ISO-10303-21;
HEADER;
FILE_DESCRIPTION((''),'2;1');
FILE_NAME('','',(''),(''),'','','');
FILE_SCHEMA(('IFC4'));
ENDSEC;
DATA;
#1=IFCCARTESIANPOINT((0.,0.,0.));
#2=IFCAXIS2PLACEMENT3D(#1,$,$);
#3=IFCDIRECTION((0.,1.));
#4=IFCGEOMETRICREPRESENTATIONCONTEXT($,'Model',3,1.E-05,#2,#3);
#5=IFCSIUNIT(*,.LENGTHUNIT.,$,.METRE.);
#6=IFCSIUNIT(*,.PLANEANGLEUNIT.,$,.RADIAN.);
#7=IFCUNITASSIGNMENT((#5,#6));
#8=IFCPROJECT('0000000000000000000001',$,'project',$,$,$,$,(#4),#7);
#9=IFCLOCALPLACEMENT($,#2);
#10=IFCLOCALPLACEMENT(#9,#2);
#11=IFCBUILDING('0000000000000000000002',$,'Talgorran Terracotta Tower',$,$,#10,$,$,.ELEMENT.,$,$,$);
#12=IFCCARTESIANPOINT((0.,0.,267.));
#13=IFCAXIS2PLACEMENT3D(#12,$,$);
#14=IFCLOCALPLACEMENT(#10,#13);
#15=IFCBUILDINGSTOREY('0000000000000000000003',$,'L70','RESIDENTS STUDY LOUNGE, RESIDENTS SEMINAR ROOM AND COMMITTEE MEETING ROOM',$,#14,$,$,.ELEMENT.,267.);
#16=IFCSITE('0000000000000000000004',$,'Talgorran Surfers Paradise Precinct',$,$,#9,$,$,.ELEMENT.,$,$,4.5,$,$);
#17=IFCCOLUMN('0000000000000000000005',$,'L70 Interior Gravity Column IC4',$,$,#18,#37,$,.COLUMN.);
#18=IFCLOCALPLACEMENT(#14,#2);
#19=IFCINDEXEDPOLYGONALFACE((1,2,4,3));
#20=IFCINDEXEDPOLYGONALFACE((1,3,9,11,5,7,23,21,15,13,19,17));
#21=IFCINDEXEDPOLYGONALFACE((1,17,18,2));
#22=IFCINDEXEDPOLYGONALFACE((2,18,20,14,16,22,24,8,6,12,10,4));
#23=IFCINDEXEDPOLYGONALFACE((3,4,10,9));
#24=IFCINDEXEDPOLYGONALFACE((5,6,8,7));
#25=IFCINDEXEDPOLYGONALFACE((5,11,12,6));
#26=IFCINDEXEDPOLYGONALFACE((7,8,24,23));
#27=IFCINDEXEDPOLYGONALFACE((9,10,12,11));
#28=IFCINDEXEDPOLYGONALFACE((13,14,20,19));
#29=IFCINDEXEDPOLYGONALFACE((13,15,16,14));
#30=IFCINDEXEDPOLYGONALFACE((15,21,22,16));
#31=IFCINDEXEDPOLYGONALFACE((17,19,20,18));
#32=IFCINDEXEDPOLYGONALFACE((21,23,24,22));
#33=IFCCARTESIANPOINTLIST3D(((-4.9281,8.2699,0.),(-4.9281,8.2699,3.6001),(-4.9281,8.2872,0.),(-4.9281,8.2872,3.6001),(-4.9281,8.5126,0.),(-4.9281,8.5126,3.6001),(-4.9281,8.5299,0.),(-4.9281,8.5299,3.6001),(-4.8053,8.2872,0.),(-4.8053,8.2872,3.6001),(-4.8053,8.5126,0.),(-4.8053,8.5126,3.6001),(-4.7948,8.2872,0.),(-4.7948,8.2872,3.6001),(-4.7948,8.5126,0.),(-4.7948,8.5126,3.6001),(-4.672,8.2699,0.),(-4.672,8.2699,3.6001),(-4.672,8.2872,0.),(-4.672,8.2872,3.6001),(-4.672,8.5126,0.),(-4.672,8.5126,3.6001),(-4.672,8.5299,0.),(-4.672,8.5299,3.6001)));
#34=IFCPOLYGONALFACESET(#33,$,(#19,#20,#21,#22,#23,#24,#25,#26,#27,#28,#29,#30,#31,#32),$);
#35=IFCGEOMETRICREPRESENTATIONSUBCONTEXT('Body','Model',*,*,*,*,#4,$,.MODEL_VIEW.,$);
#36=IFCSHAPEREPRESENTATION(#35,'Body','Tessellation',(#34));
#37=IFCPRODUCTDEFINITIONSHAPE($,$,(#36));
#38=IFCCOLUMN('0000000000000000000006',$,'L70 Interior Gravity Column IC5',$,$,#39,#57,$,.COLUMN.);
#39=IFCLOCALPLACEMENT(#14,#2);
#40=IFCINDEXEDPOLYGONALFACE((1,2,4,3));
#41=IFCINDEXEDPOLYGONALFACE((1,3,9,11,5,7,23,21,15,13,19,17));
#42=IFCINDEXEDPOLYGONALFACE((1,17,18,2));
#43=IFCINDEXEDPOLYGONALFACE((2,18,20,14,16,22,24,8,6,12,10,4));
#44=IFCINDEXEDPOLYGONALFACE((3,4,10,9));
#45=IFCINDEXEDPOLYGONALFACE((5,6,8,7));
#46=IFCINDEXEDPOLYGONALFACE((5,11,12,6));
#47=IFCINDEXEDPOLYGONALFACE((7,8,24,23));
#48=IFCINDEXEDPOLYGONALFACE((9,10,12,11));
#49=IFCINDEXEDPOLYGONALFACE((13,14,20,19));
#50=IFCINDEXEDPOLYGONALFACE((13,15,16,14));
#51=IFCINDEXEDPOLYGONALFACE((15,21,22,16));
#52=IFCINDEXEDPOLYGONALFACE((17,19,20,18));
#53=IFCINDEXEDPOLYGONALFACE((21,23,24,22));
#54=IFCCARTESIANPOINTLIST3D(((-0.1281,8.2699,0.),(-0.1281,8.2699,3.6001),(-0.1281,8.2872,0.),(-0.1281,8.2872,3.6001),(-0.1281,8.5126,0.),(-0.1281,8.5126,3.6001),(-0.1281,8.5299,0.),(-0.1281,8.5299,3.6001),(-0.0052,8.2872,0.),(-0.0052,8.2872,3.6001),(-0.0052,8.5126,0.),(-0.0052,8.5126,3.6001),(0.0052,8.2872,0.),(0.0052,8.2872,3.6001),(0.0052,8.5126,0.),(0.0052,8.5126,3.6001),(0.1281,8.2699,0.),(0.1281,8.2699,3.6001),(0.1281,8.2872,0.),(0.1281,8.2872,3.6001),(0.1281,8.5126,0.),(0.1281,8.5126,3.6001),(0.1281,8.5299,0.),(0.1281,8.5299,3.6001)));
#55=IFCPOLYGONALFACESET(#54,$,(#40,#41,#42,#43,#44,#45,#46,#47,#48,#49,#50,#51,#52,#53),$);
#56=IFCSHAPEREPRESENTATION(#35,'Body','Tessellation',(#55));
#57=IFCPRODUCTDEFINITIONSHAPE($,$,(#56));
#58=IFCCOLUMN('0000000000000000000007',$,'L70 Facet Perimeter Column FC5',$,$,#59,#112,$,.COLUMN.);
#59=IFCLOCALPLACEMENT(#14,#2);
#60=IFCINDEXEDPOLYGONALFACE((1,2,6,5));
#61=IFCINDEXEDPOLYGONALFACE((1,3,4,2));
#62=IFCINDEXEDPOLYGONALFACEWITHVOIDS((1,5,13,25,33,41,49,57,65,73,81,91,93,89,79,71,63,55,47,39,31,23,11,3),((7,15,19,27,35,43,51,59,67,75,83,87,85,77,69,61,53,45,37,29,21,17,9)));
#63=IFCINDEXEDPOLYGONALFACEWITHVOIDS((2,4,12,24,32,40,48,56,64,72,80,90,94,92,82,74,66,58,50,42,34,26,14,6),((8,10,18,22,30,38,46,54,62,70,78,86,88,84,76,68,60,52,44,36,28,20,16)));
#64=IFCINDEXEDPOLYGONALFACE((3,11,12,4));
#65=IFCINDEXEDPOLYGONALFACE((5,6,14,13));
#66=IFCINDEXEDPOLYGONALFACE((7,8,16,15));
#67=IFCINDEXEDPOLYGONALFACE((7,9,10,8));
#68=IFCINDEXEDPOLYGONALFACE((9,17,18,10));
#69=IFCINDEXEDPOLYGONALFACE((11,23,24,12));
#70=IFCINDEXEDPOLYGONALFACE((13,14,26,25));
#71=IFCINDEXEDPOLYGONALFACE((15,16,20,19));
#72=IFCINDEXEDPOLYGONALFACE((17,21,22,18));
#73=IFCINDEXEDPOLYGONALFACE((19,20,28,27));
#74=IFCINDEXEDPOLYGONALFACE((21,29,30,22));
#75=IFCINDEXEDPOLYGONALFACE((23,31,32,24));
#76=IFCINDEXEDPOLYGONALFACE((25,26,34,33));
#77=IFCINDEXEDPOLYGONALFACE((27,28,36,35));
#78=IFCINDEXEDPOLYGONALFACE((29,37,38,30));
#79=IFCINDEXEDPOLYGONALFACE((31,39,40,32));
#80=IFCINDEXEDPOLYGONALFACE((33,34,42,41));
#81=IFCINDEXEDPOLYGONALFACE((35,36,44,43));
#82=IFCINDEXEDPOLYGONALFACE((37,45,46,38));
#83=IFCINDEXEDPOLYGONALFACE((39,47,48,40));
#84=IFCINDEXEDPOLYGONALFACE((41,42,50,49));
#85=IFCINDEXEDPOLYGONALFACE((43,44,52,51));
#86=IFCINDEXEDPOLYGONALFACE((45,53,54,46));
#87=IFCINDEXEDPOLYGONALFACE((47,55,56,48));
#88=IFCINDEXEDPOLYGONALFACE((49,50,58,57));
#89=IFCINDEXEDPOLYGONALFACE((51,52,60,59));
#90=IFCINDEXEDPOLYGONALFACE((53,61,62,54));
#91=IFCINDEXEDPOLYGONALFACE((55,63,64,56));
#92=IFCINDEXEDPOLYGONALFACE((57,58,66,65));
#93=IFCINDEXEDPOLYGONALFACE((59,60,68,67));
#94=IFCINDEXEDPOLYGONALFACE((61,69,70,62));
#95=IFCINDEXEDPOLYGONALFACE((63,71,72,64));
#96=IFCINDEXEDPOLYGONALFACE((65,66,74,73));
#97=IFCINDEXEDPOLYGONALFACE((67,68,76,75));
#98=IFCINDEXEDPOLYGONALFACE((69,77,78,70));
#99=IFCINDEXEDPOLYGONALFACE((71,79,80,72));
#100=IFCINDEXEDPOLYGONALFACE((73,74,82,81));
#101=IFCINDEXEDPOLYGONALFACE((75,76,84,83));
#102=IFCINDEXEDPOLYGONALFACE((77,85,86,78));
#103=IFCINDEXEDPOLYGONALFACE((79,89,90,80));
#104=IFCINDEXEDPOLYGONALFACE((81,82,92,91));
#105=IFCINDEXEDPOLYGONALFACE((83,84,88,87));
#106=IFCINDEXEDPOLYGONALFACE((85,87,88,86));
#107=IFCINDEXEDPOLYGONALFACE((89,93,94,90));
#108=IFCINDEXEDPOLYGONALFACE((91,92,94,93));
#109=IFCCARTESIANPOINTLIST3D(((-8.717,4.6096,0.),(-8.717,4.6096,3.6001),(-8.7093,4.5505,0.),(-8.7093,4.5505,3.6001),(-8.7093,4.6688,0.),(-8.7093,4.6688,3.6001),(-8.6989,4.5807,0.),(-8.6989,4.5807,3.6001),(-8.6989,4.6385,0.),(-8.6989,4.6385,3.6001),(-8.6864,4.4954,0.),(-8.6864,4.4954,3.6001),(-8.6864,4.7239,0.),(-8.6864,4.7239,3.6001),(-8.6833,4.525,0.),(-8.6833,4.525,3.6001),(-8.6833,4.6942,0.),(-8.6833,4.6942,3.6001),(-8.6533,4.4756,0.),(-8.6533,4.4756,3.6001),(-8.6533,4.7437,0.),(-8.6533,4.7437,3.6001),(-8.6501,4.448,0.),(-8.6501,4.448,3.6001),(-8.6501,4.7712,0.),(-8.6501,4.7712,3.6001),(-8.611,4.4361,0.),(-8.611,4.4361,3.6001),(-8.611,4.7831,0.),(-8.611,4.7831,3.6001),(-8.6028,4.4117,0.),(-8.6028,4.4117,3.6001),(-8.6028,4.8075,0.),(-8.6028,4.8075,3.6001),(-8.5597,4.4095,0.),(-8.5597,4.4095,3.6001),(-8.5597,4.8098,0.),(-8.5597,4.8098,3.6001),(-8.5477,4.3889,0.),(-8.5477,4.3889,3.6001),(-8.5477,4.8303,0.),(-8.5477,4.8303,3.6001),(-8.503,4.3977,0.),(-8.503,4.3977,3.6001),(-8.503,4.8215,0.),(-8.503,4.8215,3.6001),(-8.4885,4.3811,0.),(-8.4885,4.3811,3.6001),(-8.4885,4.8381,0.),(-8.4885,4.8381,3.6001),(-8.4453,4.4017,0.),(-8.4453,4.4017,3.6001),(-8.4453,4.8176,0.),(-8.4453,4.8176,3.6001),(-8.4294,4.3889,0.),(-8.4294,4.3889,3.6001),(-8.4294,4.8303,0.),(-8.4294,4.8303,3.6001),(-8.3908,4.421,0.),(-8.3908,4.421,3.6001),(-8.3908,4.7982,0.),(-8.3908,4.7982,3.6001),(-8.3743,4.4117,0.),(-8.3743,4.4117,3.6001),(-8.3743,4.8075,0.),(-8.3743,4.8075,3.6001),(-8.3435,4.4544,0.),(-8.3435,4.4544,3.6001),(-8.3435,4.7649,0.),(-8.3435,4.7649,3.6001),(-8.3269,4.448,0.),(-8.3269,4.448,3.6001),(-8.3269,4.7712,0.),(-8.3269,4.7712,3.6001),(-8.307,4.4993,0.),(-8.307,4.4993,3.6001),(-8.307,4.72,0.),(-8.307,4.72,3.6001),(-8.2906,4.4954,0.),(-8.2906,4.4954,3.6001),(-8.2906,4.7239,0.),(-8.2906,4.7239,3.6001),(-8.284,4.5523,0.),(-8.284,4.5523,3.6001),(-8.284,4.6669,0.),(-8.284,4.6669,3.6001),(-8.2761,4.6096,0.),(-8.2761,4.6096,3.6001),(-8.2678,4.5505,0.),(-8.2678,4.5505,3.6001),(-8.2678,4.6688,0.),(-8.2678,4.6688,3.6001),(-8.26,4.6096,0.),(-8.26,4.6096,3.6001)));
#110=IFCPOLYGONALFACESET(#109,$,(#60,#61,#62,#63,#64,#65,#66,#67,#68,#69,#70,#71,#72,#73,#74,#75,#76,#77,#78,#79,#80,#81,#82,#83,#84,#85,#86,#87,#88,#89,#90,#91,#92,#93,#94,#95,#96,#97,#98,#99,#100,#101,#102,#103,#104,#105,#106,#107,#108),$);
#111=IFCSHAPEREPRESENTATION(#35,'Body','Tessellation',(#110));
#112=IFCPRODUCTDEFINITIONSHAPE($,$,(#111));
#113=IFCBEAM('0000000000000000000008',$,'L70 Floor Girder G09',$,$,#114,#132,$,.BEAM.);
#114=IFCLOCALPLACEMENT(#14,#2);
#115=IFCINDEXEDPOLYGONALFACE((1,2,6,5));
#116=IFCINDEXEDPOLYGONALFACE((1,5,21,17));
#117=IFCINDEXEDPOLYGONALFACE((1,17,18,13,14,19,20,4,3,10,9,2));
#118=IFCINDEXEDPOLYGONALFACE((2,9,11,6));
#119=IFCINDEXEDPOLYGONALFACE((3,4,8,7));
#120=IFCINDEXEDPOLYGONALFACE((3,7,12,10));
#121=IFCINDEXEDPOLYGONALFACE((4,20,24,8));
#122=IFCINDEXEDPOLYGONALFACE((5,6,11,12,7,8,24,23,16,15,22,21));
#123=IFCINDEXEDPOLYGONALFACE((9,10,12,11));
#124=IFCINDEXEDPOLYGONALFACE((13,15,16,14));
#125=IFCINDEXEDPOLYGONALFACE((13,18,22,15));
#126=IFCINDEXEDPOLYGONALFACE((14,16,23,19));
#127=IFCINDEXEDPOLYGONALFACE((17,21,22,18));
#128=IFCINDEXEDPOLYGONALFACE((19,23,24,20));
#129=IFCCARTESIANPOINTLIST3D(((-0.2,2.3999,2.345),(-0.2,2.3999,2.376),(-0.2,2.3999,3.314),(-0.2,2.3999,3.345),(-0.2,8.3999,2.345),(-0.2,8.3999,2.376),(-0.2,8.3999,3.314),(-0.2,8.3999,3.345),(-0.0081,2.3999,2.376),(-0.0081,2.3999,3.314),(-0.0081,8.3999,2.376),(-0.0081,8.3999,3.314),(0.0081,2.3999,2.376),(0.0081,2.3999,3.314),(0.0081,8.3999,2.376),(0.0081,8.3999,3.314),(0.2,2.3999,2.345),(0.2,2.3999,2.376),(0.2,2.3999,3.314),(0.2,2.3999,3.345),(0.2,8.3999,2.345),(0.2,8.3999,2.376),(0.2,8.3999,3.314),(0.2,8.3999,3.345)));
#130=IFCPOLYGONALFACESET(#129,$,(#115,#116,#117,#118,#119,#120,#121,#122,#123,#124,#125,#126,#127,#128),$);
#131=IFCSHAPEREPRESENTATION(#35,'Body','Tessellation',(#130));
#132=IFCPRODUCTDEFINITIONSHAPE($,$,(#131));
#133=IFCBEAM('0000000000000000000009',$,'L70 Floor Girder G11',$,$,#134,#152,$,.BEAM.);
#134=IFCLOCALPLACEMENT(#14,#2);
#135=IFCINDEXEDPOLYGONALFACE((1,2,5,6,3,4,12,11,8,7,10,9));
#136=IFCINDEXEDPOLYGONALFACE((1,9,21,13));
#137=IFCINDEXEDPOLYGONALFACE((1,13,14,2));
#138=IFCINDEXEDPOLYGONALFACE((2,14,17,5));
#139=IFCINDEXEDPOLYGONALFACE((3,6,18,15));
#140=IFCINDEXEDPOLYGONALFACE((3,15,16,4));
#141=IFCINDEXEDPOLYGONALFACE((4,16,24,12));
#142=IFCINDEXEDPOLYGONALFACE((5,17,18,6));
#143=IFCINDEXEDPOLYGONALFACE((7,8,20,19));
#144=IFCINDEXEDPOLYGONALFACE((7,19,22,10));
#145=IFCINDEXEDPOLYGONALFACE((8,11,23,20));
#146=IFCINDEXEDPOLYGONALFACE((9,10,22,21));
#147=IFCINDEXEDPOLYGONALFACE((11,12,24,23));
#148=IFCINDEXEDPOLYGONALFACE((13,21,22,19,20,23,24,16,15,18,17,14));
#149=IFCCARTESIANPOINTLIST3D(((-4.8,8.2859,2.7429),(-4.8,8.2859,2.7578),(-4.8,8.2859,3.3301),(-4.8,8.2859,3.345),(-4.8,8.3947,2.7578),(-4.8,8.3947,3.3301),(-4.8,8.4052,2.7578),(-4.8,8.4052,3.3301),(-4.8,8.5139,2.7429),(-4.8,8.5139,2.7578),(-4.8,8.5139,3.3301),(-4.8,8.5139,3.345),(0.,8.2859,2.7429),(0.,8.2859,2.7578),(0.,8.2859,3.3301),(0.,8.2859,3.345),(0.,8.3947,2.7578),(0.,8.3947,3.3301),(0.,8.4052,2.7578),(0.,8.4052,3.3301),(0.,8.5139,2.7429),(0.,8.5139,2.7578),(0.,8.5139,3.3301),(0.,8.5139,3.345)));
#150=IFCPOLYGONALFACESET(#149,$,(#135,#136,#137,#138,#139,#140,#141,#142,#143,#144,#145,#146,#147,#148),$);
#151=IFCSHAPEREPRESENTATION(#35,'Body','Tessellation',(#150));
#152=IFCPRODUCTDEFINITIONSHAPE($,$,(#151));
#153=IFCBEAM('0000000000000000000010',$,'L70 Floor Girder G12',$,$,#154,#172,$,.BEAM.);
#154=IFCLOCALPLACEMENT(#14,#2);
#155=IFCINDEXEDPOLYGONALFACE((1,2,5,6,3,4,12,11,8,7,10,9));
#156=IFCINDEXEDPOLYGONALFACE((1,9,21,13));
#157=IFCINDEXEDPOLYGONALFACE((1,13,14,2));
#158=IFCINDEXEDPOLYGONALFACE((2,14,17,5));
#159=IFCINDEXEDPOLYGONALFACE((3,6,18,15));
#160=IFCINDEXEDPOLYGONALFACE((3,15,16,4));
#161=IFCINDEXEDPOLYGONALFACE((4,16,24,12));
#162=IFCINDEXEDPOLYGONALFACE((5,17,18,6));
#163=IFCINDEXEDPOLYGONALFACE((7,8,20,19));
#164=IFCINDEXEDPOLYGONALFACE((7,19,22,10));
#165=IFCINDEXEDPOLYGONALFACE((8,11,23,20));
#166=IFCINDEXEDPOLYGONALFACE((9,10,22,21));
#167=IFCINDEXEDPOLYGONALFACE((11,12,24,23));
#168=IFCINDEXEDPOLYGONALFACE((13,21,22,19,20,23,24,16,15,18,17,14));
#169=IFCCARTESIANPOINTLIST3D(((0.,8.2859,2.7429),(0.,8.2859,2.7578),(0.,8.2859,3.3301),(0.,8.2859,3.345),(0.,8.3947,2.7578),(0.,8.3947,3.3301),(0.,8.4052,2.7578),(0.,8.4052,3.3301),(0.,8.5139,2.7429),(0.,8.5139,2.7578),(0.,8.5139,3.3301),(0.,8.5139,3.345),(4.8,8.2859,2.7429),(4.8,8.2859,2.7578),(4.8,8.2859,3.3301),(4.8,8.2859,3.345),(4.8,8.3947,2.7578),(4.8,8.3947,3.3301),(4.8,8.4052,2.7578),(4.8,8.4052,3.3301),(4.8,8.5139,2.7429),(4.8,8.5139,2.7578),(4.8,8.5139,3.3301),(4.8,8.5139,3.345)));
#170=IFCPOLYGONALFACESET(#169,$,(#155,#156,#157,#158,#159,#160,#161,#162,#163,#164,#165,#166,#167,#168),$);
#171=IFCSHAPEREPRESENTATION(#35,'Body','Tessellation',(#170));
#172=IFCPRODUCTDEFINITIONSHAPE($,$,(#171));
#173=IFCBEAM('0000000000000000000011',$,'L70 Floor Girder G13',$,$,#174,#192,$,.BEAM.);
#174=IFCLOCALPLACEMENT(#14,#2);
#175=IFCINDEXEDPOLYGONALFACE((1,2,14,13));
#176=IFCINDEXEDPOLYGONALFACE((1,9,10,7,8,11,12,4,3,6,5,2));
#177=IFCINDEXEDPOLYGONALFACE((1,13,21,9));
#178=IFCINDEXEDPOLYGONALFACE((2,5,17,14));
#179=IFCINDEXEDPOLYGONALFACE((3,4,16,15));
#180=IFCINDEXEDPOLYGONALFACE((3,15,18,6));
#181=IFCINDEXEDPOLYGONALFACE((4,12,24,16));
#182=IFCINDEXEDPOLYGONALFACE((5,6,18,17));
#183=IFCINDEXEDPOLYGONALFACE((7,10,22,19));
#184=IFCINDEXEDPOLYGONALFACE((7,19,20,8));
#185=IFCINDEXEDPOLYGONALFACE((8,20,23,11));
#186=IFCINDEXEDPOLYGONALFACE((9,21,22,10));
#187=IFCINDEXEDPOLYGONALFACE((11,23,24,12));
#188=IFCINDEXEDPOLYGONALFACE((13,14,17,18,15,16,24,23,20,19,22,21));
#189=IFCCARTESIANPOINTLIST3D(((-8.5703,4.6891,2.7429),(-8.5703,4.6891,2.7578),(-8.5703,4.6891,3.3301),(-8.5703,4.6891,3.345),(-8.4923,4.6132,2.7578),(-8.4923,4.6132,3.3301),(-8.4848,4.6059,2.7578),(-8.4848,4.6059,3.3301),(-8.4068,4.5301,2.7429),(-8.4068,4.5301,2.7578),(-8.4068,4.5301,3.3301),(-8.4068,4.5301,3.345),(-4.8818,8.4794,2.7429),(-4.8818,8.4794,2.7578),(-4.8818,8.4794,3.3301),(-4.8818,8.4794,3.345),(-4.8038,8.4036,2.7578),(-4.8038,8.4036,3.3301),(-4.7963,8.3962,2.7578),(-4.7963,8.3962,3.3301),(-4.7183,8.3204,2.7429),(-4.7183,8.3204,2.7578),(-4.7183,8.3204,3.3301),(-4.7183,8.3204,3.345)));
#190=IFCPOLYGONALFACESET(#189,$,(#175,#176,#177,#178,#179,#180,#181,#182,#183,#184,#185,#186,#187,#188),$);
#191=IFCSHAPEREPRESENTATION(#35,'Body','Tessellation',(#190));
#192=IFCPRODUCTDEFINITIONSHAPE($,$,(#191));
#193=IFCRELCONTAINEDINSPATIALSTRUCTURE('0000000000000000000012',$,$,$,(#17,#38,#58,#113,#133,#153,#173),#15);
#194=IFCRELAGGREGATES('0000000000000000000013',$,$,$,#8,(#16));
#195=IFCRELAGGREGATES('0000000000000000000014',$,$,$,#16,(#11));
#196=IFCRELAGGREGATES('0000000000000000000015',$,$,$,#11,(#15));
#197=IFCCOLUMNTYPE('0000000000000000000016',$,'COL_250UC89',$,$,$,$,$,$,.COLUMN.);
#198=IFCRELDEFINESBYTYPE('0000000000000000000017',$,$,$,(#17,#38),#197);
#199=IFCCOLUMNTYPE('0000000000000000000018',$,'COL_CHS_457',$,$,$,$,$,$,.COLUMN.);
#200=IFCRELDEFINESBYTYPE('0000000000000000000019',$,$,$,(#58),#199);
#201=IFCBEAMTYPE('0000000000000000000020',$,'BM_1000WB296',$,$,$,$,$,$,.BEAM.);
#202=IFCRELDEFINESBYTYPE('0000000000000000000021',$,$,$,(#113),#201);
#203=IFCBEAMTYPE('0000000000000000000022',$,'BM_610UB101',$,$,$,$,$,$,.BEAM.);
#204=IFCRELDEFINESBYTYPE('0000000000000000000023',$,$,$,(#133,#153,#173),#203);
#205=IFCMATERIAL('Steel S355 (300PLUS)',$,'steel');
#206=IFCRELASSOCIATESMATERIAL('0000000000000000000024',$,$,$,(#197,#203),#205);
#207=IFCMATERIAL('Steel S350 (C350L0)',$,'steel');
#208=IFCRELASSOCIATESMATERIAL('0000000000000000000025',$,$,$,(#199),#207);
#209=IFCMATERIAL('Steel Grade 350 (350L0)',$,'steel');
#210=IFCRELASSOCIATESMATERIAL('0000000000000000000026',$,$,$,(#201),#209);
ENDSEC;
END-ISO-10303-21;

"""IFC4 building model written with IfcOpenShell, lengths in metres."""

from ifc_helpers import new_model, si_unit, direction, frame, origin, origin_2d, place, context, subcontext, project, spatial, hollow_circle, i_section, extrude, material, material_profile, profile_set, type_object, element, save


model = new_model("IFC4")

# Units and contexts
model_context = context("Model", 3, precision=1e-05, world=origin(), true_north=direction((0.0, 1.0)))
body_context = subcontext(model_context, "Body", "Model", "MODEL_VIEW")
ifc_project = project(units=[si_unit("LENGTHUNIT", "METRE"), si_unit("PLANEANGLEUNIT", "RADIAN")], contexts=[model_context])

# Site, building, storey
site_placement = place(None, origin())
site = spatial("IfcSite", under=ifc_project, at=site_placement, Name="Talgorran Surfers Paradise Precinct", CompositionType="ELEMENT", RefElevation=4.5)
building_placement = place(site_placement, origin())
building = spatial("IfcBuilding", under=site, at=building_placement, Name="Talgorran Terracotta Tower", CompositionType="ELEMENT")
storey_placement = place(building_placement, frame((0.0, 0.0, 267.0)))
storey = spatial("IfcBuildingStorey", under=building, at=storey_placement, Name="L70", Description="RESIDENTS STUDY LOUNGE, RESIDENTS SEMINAR ROOM AND COMMITTEE MEETING ROOM", CompositionType="ELEMENT", Elevation=267.0)

# Columns
ifc_material_1 = material(Name="Steel S355 (300PLUS)", Category="steel")
ifc_material_profile_1 = material_profile(ifc_material_1, i_section(OverallWidth=0.2561, OverallDepth=0.26, WebThickness=0.0105, FlangeThickness=0.0173, at=origin_2d()), Name="250UC89.5")
ifc_profile_set_1 = profile_set([ifc_material_profile_1], Name="Steel S355 (300PLUS)")
column_type_1 = type_object("IfcColumnType", Name="COL_250UC89", PredefinedType="COLUMN", material=ifc_profile_set_1)
for number, where, z_axis, x_axis, name in (
    (1, (-4.8, 8.3999, 0.0), (0.0, 0.0, 1.0), (1.0, 0.0, 0.0), "L70 Interior Gravity Column IC4"),
    (2, (0.0, 8.3999, 0.0), (0.0, 0.0, 1.0), (1.0, 0.0, 0.0), "L70 Interior Gravity Column IC5"),
):
    element("IfcColumn", number, at=place(storey_placement, frame(where, z_axis=z_axis, x_axis=x_axis)), inside=storey, type_object=column_type_1, Name=name, PredefinedType="COLUMN", context=body_context, shape_type="SweptSolid", body=[
        extrude(i_section(OverallWidth=0.2561, OverallDepth=0.26, WebThickness=0.0105, FlangeThickness=0.0173, at=origin_2d()), origin(), (0.0, 0.0, 1.0), 3.6001),
    ])
ifc_material_2 = material(Name="Steel S350 (C350L0)", Category="steel")
ifc_material_profile_2 = material_profile(ifc_material_2, hollow_circle(Radius=0.2285, WallThickness=0.0161, at=origin_2d()), Name="CHS457X16")
ifc_profile_set_2 = profile_set([ifc_material_profile_2], Name="Steel S350 (C350L0)")
column_type_2 = type_object("IfcColumnType", Name="COL_CHS_457", PredefinedType="COLUMN", material=ifc_profile_set_2)
column_placement = place(storey_placement, frame((-8.4885, 4.6096, 0.0), z_axis=(0.0, 0.0, 1.0), x_axis=(1.0, 0.0, 0.0)))
element("IfcColumn", 3, at=column_placement, inside=storey, type_object=column_type_2, Name="L70 Facet Perimeter Column FC5", PredefinedType="COLUMN", context=body_context, shape_type="SweptSolid", body=[
    extrude(hollow_circle(Radius=0.2285, WallThickness=0.0161, at=origin_2d()), origin(), (0.0, 0.0, 1.0), 3.6001),
])

# Beams
ifc_material_3 = material(Name="Steel Grade 350 (350L0)", Category="steel")
ifc_material_profile_3 = material_profile(ifc_material_3, i_section(OverallWidth=0.3999, OverallDepth=1.0, WebThickness=0.0161, FlangeThickness=0.031, at=origin_2d()), Name="1000WB296")
ifc_profile_set_3 = profile_set([ifc_material_profile_3], Name="Steel Grade 350 (350L0)")
beam_type_1 = type_object("IfcBeamType", Name="BM_1000WB296", PredefinedType="BEAM", material=ifc_profile_set_3)
beam_1_placement = place(storey_placement, frame((0.0, 2.3999, 2.845), z_axis=(0.0, 1.0, 0.0), x_axis=(-1.0, 0.0, 0.0)))
element("IfcBeam", 4, at=beam_1_placement, inside=storey, type_object=beam_type_1, Name="L70 Floor Girder G09", PredefinedType="BEAM", context=body_context, shape_type="SweptSolid", body=[
    extrude(i_section(OverallWidth=0.3999, OverallDepth=1.0, WebThickness=0.0161, FlangeThickness=0.031, at=origin_2d()), origin(), (0.0, 0.0, 1.0), 6.0),
])
ifc_material_profile_4 = material_profile(ifc_material_1, i_section(OverallWidth=0.228, OverallDepth=0.6021, WebThickness=0.0105, FlangeThickness=0.0149, at=origin_2d()), Name="610UB101")
ifc_profile_set_4 = profile_set([ifc_material_profile_4], Name="Steel S355 (300PLUS)")
beam_type_2 = type_object("IfcBeamType", Name="BM_610UB101", PredefinedType="BEAM", material=ifc_profile_set_4)
for number, where, z_axis, x_axis, name in (
    (5, (-4.8, 8.3999, 3.0439), (1.0, 0.0, 0.0), (0.0, 1.0, 0.0), "L70 Floor Girder G11"),
    (6, (0.0, 8.3999, 3.0439), (1.0, 0.0, 0.0), (0.0, 1.0, 0.0), "L70 Floor Girder G12"),
):
    element("IfcBeam", number, at=place(storey_placement, frame(where, z_axis=z_axis, x_axis=x_axis)), inside=storey, type_object=beam_type_2, Name=name, PredefinedType="BEAM", context=body_context, shape_type="SweptSolid", body=[
        extrude(i_section(OverallWidth=0.228, OverallDepth=0.6021, WebThickness=0.0105, FlangeThickness=0.0149, at=origin_2d()), origin(), (0.0, 0.0, 1.0), 4.8),
    ])
beam_2_placement = place(storey_placement, frame((-4.8, 8.3999, 3.0439), z_axis=(-0.697416, -0.716666, 0.0), x_axis=(0.716666, -0.697416, 0.0)))
element("IfcBeam", 7, at=beam_2_placement, inside=storey, type_object=beam_type_2, Name="L70 Floor Girder G13", PredefinedType="BEAM", context=body_context, shape_type="SweptSolid", body=[
    extrude(i_section(OverallWidth=0.228, OverallDepth=0.6021, WebThickness=0.0105, FlangeThickness=0.0149, at=origin_2d()), origin(), (0.0, 0.0, 1.0), 5.2888),
])

save(model, "model.ifc")
